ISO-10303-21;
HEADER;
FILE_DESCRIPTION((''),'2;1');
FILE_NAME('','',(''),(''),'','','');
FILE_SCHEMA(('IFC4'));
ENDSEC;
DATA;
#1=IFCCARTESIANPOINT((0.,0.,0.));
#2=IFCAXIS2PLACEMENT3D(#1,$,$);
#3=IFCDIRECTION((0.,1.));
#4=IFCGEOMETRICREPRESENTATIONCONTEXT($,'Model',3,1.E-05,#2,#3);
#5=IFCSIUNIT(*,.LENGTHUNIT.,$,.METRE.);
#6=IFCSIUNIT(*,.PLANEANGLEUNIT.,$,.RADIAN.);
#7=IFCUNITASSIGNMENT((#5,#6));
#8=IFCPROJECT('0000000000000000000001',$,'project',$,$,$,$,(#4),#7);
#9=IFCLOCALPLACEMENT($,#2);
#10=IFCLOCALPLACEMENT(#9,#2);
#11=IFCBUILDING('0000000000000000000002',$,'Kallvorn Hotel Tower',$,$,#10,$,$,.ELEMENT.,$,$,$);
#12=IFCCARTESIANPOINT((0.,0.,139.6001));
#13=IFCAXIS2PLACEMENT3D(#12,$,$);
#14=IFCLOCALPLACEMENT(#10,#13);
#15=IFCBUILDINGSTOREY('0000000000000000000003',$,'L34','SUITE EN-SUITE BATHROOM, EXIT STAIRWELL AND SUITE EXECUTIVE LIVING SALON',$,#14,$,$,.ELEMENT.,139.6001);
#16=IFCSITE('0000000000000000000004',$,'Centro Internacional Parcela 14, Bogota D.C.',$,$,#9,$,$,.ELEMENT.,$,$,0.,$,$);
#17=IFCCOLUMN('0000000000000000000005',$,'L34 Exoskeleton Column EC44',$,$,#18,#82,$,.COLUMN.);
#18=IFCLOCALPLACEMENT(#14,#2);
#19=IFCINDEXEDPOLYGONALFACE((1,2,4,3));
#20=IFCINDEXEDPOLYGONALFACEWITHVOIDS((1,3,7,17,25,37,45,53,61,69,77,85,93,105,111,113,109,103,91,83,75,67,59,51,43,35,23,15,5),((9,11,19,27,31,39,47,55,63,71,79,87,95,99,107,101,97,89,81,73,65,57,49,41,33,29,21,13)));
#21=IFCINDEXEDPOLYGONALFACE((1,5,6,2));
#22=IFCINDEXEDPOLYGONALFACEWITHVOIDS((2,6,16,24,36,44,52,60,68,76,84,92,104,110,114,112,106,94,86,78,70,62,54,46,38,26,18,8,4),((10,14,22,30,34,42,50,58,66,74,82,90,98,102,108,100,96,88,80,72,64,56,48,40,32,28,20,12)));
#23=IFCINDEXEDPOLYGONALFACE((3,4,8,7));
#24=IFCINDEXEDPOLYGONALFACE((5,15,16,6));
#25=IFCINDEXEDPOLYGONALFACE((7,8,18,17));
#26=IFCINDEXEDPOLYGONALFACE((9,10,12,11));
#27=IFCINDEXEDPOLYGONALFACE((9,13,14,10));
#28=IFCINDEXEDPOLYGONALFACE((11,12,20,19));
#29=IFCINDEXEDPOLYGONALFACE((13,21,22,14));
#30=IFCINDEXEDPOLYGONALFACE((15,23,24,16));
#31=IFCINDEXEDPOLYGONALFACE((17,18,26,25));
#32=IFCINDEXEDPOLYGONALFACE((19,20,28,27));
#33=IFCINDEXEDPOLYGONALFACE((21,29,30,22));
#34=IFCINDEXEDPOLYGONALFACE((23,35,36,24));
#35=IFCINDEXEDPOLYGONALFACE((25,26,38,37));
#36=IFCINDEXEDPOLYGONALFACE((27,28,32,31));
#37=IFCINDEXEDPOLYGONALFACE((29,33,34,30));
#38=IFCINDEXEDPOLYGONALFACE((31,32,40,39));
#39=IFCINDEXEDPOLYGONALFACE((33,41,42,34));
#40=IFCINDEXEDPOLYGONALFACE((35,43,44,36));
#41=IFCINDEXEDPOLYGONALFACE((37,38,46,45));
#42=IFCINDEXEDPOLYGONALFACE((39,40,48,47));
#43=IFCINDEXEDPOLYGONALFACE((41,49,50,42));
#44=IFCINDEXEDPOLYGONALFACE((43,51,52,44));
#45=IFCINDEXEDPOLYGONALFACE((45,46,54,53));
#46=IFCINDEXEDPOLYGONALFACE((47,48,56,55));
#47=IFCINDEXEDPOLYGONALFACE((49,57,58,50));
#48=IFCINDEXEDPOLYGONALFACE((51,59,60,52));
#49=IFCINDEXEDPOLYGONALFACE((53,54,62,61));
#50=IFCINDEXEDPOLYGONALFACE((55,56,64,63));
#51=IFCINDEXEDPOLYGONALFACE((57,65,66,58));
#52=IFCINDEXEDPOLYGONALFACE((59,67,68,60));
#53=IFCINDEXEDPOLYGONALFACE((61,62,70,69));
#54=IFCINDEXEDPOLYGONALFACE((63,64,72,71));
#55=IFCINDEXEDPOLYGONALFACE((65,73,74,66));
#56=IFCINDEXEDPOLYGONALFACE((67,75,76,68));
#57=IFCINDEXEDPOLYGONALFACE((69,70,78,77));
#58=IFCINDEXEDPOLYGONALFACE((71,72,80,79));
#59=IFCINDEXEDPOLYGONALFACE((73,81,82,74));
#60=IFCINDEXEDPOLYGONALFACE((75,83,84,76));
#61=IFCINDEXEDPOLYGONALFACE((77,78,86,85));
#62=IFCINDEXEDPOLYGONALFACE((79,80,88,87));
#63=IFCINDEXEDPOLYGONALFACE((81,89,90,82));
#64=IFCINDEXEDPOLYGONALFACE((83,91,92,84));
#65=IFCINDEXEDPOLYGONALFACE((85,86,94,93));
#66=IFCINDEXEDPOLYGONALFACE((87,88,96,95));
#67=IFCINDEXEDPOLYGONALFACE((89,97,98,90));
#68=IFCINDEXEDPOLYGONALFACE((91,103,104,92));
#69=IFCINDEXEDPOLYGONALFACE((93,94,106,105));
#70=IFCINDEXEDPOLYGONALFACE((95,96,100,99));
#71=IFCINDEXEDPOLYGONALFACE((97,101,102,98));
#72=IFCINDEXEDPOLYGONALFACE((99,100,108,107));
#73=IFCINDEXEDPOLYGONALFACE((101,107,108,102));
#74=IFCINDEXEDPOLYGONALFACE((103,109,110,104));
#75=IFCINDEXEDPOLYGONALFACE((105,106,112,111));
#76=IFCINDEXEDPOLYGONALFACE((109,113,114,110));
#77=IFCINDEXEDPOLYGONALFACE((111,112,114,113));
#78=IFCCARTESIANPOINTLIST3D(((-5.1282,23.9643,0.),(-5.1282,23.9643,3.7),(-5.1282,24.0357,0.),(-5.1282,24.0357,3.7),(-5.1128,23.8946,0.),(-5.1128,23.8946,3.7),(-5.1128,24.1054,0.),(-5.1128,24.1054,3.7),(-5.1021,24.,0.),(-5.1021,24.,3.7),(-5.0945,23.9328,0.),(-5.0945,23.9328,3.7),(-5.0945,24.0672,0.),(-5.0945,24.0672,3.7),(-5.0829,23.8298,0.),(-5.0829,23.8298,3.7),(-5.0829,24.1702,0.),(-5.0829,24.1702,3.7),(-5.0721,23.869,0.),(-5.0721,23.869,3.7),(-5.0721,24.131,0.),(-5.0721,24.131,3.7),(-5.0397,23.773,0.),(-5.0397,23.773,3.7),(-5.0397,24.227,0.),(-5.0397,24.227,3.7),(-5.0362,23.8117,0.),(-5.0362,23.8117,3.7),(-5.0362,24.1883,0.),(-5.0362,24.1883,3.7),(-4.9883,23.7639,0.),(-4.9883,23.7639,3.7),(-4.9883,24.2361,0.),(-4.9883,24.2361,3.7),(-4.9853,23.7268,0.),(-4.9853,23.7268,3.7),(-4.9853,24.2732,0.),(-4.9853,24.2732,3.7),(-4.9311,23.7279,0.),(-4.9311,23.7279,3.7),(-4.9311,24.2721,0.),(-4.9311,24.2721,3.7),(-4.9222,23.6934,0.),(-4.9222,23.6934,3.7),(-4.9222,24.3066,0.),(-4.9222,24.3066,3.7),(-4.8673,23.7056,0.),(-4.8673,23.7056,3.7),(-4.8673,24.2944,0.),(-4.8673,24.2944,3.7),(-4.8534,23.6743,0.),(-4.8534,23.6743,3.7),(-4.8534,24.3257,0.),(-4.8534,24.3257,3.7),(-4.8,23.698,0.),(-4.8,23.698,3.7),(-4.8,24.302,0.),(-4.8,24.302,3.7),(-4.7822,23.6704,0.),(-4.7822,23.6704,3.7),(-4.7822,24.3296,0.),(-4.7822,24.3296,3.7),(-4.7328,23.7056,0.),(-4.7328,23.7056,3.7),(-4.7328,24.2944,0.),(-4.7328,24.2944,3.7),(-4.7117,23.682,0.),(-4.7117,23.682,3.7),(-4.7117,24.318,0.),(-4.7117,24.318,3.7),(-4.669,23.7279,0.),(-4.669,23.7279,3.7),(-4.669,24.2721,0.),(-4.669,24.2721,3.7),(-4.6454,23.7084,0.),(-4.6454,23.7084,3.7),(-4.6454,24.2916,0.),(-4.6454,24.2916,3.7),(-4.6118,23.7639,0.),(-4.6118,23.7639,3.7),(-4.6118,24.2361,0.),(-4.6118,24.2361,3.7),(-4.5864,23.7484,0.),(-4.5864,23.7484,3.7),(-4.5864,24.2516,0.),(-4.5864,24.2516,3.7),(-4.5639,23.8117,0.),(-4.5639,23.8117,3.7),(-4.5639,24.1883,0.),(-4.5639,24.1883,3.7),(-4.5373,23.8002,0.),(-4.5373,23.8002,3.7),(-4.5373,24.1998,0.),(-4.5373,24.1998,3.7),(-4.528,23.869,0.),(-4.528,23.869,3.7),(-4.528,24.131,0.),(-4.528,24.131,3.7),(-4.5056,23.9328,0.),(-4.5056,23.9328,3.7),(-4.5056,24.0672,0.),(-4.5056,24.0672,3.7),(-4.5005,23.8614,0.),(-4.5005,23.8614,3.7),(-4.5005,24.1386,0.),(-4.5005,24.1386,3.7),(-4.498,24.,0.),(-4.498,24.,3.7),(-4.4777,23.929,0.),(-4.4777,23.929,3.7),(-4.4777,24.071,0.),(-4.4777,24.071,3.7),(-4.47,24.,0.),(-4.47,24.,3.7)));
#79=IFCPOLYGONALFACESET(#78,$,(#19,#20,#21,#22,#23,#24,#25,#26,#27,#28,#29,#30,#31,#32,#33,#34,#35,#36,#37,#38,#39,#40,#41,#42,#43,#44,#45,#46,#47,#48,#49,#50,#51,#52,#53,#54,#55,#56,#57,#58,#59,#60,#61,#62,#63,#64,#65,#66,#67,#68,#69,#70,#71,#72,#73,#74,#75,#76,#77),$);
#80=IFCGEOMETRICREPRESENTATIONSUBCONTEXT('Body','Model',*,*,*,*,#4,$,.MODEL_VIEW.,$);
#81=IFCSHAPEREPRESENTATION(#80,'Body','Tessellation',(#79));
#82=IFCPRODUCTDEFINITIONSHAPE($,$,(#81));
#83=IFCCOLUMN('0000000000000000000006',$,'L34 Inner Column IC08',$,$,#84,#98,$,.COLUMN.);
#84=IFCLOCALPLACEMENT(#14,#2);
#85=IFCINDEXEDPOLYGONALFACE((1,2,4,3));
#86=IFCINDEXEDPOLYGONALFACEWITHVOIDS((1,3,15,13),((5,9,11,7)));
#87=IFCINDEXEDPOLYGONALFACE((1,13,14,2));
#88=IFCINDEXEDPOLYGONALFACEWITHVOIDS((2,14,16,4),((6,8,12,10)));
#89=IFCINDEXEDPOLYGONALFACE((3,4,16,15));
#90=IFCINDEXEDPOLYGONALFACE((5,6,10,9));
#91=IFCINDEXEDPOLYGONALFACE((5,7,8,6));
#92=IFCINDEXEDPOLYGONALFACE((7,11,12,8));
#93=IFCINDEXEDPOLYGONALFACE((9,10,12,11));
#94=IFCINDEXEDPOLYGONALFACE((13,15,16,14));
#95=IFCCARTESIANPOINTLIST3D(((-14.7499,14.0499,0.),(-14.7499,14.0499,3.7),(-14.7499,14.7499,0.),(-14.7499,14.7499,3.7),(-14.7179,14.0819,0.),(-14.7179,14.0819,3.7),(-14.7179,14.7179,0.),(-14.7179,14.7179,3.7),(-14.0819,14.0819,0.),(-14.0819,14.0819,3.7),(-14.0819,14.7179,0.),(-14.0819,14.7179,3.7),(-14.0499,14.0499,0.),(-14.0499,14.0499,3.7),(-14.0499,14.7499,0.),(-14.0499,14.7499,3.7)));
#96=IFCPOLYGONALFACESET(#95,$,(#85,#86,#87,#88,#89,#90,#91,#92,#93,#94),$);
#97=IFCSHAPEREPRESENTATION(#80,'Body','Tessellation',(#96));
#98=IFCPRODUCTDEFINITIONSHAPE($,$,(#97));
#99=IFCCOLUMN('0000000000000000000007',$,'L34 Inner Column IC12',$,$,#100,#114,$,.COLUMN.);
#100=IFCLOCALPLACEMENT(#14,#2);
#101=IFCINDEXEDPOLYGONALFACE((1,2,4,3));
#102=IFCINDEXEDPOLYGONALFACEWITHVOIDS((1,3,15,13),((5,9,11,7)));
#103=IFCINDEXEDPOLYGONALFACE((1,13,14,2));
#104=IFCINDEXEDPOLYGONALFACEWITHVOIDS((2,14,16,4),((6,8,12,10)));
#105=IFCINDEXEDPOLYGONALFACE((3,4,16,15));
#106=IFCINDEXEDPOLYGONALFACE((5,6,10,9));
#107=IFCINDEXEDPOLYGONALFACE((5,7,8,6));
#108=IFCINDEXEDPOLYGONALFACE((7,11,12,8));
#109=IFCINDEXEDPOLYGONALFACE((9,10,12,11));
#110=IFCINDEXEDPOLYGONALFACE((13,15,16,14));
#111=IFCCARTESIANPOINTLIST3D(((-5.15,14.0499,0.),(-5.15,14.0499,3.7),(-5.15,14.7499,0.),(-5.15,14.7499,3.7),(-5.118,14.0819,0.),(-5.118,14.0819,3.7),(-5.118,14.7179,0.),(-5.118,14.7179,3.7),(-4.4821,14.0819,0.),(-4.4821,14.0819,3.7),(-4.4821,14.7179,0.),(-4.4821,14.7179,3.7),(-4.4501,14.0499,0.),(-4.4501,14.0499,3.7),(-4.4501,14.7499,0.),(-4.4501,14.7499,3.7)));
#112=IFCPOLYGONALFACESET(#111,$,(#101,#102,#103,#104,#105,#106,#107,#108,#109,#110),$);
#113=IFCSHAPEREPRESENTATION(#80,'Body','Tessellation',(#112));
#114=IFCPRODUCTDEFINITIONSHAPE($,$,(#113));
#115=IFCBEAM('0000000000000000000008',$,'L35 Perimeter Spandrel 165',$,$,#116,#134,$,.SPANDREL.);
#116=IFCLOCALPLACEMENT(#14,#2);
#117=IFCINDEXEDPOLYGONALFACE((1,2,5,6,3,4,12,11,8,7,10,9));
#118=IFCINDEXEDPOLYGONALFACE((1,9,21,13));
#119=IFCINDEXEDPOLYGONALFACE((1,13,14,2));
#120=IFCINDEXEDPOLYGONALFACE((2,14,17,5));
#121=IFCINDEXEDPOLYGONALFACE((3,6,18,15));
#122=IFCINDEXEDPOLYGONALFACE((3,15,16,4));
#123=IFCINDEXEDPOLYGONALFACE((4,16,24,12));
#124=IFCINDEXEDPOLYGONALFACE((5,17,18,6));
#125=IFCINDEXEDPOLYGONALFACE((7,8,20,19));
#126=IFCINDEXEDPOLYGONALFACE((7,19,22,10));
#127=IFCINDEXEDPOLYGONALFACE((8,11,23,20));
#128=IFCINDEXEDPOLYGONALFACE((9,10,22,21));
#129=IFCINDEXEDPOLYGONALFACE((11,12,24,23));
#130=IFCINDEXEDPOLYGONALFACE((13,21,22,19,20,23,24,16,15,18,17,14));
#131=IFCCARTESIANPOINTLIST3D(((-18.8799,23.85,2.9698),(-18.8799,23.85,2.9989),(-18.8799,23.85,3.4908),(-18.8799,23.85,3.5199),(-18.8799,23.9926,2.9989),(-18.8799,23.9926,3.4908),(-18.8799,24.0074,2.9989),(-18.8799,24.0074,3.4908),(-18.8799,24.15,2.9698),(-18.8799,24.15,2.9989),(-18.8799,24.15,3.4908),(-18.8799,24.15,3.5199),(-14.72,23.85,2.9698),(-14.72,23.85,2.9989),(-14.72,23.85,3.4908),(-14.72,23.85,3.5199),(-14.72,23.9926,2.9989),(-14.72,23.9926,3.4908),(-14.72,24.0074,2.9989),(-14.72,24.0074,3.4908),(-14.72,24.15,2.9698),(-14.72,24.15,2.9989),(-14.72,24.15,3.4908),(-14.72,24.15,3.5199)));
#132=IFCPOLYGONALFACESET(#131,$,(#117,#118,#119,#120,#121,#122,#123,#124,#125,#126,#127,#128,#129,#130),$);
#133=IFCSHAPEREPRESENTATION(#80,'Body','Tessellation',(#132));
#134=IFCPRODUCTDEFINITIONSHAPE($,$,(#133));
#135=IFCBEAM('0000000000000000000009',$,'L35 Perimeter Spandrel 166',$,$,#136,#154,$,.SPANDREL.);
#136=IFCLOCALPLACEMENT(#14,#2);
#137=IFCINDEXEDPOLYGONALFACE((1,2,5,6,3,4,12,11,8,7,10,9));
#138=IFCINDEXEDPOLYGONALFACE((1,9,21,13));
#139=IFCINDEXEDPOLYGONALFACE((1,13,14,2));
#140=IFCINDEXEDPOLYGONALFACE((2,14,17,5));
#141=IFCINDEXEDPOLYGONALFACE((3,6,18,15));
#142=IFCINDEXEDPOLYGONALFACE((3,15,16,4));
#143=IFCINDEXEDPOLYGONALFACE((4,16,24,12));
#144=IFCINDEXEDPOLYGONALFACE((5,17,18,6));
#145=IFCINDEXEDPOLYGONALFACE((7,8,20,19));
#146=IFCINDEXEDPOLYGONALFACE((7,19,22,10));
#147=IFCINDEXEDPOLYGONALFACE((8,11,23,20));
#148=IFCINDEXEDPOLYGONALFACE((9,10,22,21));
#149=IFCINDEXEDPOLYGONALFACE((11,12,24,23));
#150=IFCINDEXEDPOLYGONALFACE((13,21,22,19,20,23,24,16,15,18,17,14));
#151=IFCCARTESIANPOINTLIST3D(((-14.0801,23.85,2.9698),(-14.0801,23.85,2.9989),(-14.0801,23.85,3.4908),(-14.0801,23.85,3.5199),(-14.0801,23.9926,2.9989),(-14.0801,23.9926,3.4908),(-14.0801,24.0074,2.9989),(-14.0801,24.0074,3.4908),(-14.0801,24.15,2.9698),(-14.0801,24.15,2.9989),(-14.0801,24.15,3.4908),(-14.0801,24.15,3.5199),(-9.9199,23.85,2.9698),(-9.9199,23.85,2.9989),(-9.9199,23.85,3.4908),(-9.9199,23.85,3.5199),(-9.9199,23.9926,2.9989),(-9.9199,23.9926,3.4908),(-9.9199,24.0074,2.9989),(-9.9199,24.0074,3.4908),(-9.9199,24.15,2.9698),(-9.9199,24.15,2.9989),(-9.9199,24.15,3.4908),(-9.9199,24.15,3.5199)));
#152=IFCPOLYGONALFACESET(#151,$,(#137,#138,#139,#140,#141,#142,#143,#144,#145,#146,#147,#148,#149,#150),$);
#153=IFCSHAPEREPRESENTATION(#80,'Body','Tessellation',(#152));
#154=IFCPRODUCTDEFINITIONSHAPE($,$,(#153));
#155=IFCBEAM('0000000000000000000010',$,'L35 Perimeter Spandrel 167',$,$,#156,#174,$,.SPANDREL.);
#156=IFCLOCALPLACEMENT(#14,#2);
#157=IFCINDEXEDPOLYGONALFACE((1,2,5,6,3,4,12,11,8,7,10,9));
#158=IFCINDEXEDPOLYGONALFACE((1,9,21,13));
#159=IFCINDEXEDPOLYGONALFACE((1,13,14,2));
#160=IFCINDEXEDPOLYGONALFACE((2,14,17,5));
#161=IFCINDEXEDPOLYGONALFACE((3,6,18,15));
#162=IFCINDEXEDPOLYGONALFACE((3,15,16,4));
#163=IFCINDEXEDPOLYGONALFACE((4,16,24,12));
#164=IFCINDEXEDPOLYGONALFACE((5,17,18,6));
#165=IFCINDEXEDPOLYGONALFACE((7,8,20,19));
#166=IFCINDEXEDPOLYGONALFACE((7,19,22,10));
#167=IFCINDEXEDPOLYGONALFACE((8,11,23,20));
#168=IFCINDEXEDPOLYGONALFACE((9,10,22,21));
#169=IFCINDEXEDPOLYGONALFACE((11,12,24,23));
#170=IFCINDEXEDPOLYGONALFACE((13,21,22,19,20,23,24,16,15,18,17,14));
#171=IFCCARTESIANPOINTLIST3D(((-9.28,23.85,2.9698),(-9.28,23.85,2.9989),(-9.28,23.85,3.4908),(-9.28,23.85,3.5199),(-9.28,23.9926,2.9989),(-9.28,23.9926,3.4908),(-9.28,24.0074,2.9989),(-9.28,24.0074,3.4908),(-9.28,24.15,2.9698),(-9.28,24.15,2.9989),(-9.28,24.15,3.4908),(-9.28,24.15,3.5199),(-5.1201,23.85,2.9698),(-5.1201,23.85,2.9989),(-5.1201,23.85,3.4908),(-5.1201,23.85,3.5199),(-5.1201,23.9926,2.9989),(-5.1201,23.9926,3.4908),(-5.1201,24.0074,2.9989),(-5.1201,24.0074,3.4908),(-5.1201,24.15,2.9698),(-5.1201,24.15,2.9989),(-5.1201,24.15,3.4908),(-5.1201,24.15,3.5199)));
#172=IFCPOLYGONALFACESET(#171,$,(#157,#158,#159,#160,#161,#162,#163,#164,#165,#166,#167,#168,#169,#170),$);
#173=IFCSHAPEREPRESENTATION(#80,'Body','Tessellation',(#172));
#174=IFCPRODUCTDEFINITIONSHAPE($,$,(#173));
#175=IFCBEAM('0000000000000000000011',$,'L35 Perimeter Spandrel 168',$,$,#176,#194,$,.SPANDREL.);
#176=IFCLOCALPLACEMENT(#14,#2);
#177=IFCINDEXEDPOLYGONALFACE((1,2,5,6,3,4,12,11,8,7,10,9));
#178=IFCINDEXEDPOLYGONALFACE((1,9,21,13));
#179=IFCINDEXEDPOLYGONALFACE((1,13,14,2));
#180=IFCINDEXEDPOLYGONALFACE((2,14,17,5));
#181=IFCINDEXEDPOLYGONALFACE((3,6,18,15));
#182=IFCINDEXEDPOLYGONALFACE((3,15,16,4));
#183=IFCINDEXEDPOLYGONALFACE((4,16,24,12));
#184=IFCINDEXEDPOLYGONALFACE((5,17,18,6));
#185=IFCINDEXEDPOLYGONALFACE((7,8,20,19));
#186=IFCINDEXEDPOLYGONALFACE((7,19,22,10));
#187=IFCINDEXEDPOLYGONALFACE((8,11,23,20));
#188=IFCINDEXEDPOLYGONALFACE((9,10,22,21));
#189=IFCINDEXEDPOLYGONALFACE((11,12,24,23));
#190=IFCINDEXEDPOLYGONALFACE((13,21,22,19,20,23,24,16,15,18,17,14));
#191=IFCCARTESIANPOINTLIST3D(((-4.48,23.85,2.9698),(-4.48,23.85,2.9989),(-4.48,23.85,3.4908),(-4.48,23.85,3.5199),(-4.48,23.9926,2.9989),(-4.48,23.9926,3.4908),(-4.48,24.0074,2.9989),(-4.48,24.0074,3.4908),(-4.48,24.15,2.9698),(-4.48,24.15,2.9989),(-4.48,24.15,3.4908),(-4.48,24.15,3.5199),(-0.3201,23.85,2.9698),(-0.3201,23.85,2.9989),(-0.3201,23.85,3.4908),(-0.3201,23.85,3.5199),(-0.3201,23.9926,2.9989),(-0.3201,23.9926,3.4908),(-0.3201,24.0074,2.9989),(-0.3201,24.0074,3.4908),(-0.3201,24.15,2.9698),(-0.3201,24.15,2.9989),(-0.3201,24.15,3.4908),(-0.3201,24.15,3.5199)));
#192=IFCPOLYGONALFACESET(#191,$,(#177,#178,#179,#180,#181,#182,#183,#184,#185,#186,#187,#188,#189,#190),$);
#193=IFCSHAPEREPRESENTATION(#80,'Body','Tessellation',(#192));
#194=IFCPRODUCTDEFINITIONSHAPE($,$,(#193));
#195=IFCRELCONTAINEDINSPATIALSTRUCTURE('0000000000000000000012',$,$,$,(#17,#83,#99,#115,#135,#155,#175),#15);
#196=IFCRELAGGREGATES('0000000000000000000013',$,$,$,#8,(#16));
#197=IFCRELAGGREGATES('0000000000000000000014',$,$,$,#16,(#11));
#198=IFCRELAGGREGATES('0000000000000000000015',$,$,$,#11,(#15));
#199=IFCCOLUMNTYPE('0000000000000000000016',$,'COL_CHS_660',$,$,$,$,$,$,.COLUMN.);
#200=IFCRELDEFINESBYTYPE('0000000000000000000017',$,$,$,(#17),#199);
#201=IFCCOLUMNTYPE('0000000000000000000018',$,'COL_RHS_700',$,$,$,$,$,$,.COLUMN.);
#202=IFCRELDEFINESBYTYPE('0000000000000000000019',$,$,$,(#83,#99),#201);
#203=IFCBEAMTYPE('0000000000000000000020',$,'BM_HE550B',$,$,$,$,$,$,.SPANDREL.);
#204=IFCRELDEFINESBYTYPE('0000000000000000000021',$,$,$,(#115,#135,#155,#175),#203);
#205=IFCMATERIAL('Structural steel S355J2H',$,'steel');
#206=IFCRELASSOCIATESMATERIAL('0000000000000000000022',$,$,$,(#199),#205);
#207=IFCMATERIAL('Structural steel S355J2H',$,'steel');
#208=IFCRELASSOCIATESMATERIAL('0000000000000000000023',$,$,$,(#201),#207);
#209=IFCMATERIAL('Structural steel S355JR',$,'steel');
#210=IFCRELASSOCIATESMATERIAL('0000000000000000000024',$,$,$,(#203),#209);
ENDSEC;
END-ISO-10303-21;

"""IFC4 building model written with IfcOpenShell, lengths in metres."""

from ifc_helpers import new_model, si_unit, direction, frame, origin, origin_2d, place, context, subcontext, project, spatial, hollow_rectangle, hollow_circle, i_section, extrude, material, material_profile, profile_set, type_object, element, save


model = new_model("IFC4")

# Units and contexts
model_context = context("Model", 3, precision=1e-05, world=origin(), true_north=direction((0.0, 1.0)))
body_context = subcontext(model_context, "Body", "Model", "MODEL_VIEW")
ifc_project = project(units=[si_unit("LENGTHUNIT", "METRE"), si_unit("PLANEANGLEUNIT", "RADIAN")], contexts=[model_context])

# Site, building, storey
site_placement = place(None, origin())
site = spatial("IfcSite", under=ifc_project, at=site_placement, Name="Centro Internacional Parcela 14, Bogota D.C.", CompositionType="ELEMENT", RefElevation=0.0)
building_placement = place(site_placement, origin())
building = spatial("IfcBuilding", under=site, at=building_placement, Name="Kallvorn Hotel Tower", CompositionType="ELEMENT")
storey_placement = place(building_placement, frame((0.0, 0.0, 139.6001)))
storey = spatial("IfcBuildingStorey", under=building, at=storey_placement, Name="L34", Description="SUITE EN-SUITE BATHROOM, EXIT STAIRWELL AND SUITE EXECUTIVE LIVING SALON", CompositionType="ELEMENT", Elevation=139.6001)

# Columns
ifc_material_1 = material(Name="Structural steel S355J2H", Category="steel")
ifc_material_profile_1 = material_profile(ifc_material_1, hollow_circle(Radius=0.3301, WallThickness=0.0281, at=origin_2d()), Name="CHS 660x28")
ifc_profile_set_1 = profile_set([ifc_material_profile_1], Name="Structural steel S355J2H")
column_type_1 = type_object("IfcColumnType", Name="COL_CHS_660", PredefinedType="COLUMN", material=ifc_profile_set_1)
for number, where, z_axis, x_axis, name in (
    (1, (-4.8, 24.0, 0.0), (0.0, 0.0, 1.0), (1.0, 0.0, 0.0), "L34 Exoskeleton Column EC44"),
):
    element("IfcColumn", number, at=place(storey_placement, frame(where, z_axis=z_axis, x_axis=x_axis)), inside=storey, type_object=column_type_1, Name=name, PredefinedType="COLUMN", context=body_context, shape_type="SweptSolid", body=[
        extrude(hollow_circle(Radius=0.3301, WallThickness=0.0281, at=origin_2d()), origin(), (0.0, 0.0, 1.0), 3.7),
    ])
ifc_material_2 = material(Name="Structural steel S355J2H", Category="steel")
ifc_material_profile_2 = material_profile(ifc_material_2, hollow_rectangle(XDim=0.7, YDim=0.7, WallThickness=0.032, at=origin_2d()), Name="RHS 700x700x32")
ifc_profile_set_2 = profile_set([ifc_material_profile_2], Name="Structural steel S355J2H")
column_type_2 = type_object("IfcColumnType", Name="COL_RHS_700", PredefinedType="COLUMN", material=ifc_profile_set_2)
for number, where, z_axis, x_axis, name in (
    (2, (-14.3999, 14.3999, 0.0), (0.0, 0.0, 1.0), (1.0, 0.0, 0.0), "L34 Inner Column IC08"),
    (3, (-4.8, 14.3999, 0.0), (0.0, 0.0, 1.0), (1.0, 0.0, 0.0), "L34 Inner Column IC12"),
):
    element("IfcColumn", number, at=place(storey_placement, frame(where, z_axis=z_axis, x_axis=x_axis)), inside=storey, type_object=column_type_2, Name=name, PredefinedType="COLUMN", context=body_context, shape_type="SweptSolid", body=[
        extrude(hollow_rectangle(XDim=0.7, YDim=0.7, WallThickness=0.032, at=origin_2d()), origin(), (0.0, 0.0, 1.0), 3.7),
    ])

# Beams
ifc_material_3 = material(Name="Structural steel S355JR", Category="steel")
ifc_material_profile_3 = material_profile(ifc_material_3, i_section(OverallWidth=0.3, OverallDepth=0.55, WebThickness=0.0149, FlangeThickness=0.0291, at=origin_2d()), Name="HE 550 B")
ifc_profile_set_3 = profile_set([ifc_material_profile_3], Name="Structural steel S355JR")
beam_type_1 = type_object("IfcBeamType", Name="BM_HE550B", PredefinedType="SPANDREL", material=ifc_profile_set_3)
beam_1_placement = place(storey_placement, frame((-18.8799, 24.0, 3.2449), z_axis=(1.0, 0.0, 0.0), x_axis=(0.0, 1.0, 0.0)))
element("IfcBeam", 4, at=beam_1_placement, inside=storey, type_object=beam_type_1, Name="L35 Perimeter Spandrel 165", PredefinedType="SPANDREL", context=body_context, shape_type="SweptSolid", body=[
    extrude(i_section(OverallWidth=0.3, OverallDepth=0.55, WebThickness=0.0149, FlangeThickness=0.0291, at=origin_2d()), origin(), (0.0, 0.0, 1.0), 4.1599),
])
beam_2_placement = place(storey_placement, frame((-14.0801, 24.0, 3.2449), z_axis=(1.0, 0.0, 0.0), x_axis=(0.0, 1.0, 0.0)))
element("IfcBeam", 5, at=beam_2_placement, inside=storey, type_object=beam_type_1, Name="L35 Perimeter Spandrel 166", PredefinedType="SPANDREL", context=body_context, shape_type="SweptSolid", body=[
    extrude(i_section(OverallWidth=0.3, OverallDepth=0.55, WebThickness=0.0149, FlangeThickness=0.0291, at=origin_2d()), origin(), (0.0, 0.0, 1.0), 4.1602),
])
for number, where, z_axis, x_axis, name in (
    (6, (-9.28, 24.0, 3.2449), (1.0, 0.0, 0.0), (0.0, 1.0, 0.0), "L35 Perimeter Spandrel 167"),
    (7, (-4.48, 24.0, 3.2449), (1.0, 0.0, 0.0), (0.0, 1.0, 0.0), "L35 Perimeter Spandrel 168"),
):
    element("IfcBeam", number, at=place(storey_placement, frame(where, z_axis=z_axis, x_axis=x_axis)), inside=storey, type_object=beam_type_1, Name=name, PredefinedType="SPANDREL", context=body_context, shape_type="SweptSolid", body=[
        extrude(i_section(OverallWidth=0.3, OverallDepth=0.55, WebThickness=0.0149, FlangeThickness=0.0291, at=origin_2d()), origin(), (0.0, 0.0, 1.0), 4.1599),
    ])

save(model, "model.ifc")
